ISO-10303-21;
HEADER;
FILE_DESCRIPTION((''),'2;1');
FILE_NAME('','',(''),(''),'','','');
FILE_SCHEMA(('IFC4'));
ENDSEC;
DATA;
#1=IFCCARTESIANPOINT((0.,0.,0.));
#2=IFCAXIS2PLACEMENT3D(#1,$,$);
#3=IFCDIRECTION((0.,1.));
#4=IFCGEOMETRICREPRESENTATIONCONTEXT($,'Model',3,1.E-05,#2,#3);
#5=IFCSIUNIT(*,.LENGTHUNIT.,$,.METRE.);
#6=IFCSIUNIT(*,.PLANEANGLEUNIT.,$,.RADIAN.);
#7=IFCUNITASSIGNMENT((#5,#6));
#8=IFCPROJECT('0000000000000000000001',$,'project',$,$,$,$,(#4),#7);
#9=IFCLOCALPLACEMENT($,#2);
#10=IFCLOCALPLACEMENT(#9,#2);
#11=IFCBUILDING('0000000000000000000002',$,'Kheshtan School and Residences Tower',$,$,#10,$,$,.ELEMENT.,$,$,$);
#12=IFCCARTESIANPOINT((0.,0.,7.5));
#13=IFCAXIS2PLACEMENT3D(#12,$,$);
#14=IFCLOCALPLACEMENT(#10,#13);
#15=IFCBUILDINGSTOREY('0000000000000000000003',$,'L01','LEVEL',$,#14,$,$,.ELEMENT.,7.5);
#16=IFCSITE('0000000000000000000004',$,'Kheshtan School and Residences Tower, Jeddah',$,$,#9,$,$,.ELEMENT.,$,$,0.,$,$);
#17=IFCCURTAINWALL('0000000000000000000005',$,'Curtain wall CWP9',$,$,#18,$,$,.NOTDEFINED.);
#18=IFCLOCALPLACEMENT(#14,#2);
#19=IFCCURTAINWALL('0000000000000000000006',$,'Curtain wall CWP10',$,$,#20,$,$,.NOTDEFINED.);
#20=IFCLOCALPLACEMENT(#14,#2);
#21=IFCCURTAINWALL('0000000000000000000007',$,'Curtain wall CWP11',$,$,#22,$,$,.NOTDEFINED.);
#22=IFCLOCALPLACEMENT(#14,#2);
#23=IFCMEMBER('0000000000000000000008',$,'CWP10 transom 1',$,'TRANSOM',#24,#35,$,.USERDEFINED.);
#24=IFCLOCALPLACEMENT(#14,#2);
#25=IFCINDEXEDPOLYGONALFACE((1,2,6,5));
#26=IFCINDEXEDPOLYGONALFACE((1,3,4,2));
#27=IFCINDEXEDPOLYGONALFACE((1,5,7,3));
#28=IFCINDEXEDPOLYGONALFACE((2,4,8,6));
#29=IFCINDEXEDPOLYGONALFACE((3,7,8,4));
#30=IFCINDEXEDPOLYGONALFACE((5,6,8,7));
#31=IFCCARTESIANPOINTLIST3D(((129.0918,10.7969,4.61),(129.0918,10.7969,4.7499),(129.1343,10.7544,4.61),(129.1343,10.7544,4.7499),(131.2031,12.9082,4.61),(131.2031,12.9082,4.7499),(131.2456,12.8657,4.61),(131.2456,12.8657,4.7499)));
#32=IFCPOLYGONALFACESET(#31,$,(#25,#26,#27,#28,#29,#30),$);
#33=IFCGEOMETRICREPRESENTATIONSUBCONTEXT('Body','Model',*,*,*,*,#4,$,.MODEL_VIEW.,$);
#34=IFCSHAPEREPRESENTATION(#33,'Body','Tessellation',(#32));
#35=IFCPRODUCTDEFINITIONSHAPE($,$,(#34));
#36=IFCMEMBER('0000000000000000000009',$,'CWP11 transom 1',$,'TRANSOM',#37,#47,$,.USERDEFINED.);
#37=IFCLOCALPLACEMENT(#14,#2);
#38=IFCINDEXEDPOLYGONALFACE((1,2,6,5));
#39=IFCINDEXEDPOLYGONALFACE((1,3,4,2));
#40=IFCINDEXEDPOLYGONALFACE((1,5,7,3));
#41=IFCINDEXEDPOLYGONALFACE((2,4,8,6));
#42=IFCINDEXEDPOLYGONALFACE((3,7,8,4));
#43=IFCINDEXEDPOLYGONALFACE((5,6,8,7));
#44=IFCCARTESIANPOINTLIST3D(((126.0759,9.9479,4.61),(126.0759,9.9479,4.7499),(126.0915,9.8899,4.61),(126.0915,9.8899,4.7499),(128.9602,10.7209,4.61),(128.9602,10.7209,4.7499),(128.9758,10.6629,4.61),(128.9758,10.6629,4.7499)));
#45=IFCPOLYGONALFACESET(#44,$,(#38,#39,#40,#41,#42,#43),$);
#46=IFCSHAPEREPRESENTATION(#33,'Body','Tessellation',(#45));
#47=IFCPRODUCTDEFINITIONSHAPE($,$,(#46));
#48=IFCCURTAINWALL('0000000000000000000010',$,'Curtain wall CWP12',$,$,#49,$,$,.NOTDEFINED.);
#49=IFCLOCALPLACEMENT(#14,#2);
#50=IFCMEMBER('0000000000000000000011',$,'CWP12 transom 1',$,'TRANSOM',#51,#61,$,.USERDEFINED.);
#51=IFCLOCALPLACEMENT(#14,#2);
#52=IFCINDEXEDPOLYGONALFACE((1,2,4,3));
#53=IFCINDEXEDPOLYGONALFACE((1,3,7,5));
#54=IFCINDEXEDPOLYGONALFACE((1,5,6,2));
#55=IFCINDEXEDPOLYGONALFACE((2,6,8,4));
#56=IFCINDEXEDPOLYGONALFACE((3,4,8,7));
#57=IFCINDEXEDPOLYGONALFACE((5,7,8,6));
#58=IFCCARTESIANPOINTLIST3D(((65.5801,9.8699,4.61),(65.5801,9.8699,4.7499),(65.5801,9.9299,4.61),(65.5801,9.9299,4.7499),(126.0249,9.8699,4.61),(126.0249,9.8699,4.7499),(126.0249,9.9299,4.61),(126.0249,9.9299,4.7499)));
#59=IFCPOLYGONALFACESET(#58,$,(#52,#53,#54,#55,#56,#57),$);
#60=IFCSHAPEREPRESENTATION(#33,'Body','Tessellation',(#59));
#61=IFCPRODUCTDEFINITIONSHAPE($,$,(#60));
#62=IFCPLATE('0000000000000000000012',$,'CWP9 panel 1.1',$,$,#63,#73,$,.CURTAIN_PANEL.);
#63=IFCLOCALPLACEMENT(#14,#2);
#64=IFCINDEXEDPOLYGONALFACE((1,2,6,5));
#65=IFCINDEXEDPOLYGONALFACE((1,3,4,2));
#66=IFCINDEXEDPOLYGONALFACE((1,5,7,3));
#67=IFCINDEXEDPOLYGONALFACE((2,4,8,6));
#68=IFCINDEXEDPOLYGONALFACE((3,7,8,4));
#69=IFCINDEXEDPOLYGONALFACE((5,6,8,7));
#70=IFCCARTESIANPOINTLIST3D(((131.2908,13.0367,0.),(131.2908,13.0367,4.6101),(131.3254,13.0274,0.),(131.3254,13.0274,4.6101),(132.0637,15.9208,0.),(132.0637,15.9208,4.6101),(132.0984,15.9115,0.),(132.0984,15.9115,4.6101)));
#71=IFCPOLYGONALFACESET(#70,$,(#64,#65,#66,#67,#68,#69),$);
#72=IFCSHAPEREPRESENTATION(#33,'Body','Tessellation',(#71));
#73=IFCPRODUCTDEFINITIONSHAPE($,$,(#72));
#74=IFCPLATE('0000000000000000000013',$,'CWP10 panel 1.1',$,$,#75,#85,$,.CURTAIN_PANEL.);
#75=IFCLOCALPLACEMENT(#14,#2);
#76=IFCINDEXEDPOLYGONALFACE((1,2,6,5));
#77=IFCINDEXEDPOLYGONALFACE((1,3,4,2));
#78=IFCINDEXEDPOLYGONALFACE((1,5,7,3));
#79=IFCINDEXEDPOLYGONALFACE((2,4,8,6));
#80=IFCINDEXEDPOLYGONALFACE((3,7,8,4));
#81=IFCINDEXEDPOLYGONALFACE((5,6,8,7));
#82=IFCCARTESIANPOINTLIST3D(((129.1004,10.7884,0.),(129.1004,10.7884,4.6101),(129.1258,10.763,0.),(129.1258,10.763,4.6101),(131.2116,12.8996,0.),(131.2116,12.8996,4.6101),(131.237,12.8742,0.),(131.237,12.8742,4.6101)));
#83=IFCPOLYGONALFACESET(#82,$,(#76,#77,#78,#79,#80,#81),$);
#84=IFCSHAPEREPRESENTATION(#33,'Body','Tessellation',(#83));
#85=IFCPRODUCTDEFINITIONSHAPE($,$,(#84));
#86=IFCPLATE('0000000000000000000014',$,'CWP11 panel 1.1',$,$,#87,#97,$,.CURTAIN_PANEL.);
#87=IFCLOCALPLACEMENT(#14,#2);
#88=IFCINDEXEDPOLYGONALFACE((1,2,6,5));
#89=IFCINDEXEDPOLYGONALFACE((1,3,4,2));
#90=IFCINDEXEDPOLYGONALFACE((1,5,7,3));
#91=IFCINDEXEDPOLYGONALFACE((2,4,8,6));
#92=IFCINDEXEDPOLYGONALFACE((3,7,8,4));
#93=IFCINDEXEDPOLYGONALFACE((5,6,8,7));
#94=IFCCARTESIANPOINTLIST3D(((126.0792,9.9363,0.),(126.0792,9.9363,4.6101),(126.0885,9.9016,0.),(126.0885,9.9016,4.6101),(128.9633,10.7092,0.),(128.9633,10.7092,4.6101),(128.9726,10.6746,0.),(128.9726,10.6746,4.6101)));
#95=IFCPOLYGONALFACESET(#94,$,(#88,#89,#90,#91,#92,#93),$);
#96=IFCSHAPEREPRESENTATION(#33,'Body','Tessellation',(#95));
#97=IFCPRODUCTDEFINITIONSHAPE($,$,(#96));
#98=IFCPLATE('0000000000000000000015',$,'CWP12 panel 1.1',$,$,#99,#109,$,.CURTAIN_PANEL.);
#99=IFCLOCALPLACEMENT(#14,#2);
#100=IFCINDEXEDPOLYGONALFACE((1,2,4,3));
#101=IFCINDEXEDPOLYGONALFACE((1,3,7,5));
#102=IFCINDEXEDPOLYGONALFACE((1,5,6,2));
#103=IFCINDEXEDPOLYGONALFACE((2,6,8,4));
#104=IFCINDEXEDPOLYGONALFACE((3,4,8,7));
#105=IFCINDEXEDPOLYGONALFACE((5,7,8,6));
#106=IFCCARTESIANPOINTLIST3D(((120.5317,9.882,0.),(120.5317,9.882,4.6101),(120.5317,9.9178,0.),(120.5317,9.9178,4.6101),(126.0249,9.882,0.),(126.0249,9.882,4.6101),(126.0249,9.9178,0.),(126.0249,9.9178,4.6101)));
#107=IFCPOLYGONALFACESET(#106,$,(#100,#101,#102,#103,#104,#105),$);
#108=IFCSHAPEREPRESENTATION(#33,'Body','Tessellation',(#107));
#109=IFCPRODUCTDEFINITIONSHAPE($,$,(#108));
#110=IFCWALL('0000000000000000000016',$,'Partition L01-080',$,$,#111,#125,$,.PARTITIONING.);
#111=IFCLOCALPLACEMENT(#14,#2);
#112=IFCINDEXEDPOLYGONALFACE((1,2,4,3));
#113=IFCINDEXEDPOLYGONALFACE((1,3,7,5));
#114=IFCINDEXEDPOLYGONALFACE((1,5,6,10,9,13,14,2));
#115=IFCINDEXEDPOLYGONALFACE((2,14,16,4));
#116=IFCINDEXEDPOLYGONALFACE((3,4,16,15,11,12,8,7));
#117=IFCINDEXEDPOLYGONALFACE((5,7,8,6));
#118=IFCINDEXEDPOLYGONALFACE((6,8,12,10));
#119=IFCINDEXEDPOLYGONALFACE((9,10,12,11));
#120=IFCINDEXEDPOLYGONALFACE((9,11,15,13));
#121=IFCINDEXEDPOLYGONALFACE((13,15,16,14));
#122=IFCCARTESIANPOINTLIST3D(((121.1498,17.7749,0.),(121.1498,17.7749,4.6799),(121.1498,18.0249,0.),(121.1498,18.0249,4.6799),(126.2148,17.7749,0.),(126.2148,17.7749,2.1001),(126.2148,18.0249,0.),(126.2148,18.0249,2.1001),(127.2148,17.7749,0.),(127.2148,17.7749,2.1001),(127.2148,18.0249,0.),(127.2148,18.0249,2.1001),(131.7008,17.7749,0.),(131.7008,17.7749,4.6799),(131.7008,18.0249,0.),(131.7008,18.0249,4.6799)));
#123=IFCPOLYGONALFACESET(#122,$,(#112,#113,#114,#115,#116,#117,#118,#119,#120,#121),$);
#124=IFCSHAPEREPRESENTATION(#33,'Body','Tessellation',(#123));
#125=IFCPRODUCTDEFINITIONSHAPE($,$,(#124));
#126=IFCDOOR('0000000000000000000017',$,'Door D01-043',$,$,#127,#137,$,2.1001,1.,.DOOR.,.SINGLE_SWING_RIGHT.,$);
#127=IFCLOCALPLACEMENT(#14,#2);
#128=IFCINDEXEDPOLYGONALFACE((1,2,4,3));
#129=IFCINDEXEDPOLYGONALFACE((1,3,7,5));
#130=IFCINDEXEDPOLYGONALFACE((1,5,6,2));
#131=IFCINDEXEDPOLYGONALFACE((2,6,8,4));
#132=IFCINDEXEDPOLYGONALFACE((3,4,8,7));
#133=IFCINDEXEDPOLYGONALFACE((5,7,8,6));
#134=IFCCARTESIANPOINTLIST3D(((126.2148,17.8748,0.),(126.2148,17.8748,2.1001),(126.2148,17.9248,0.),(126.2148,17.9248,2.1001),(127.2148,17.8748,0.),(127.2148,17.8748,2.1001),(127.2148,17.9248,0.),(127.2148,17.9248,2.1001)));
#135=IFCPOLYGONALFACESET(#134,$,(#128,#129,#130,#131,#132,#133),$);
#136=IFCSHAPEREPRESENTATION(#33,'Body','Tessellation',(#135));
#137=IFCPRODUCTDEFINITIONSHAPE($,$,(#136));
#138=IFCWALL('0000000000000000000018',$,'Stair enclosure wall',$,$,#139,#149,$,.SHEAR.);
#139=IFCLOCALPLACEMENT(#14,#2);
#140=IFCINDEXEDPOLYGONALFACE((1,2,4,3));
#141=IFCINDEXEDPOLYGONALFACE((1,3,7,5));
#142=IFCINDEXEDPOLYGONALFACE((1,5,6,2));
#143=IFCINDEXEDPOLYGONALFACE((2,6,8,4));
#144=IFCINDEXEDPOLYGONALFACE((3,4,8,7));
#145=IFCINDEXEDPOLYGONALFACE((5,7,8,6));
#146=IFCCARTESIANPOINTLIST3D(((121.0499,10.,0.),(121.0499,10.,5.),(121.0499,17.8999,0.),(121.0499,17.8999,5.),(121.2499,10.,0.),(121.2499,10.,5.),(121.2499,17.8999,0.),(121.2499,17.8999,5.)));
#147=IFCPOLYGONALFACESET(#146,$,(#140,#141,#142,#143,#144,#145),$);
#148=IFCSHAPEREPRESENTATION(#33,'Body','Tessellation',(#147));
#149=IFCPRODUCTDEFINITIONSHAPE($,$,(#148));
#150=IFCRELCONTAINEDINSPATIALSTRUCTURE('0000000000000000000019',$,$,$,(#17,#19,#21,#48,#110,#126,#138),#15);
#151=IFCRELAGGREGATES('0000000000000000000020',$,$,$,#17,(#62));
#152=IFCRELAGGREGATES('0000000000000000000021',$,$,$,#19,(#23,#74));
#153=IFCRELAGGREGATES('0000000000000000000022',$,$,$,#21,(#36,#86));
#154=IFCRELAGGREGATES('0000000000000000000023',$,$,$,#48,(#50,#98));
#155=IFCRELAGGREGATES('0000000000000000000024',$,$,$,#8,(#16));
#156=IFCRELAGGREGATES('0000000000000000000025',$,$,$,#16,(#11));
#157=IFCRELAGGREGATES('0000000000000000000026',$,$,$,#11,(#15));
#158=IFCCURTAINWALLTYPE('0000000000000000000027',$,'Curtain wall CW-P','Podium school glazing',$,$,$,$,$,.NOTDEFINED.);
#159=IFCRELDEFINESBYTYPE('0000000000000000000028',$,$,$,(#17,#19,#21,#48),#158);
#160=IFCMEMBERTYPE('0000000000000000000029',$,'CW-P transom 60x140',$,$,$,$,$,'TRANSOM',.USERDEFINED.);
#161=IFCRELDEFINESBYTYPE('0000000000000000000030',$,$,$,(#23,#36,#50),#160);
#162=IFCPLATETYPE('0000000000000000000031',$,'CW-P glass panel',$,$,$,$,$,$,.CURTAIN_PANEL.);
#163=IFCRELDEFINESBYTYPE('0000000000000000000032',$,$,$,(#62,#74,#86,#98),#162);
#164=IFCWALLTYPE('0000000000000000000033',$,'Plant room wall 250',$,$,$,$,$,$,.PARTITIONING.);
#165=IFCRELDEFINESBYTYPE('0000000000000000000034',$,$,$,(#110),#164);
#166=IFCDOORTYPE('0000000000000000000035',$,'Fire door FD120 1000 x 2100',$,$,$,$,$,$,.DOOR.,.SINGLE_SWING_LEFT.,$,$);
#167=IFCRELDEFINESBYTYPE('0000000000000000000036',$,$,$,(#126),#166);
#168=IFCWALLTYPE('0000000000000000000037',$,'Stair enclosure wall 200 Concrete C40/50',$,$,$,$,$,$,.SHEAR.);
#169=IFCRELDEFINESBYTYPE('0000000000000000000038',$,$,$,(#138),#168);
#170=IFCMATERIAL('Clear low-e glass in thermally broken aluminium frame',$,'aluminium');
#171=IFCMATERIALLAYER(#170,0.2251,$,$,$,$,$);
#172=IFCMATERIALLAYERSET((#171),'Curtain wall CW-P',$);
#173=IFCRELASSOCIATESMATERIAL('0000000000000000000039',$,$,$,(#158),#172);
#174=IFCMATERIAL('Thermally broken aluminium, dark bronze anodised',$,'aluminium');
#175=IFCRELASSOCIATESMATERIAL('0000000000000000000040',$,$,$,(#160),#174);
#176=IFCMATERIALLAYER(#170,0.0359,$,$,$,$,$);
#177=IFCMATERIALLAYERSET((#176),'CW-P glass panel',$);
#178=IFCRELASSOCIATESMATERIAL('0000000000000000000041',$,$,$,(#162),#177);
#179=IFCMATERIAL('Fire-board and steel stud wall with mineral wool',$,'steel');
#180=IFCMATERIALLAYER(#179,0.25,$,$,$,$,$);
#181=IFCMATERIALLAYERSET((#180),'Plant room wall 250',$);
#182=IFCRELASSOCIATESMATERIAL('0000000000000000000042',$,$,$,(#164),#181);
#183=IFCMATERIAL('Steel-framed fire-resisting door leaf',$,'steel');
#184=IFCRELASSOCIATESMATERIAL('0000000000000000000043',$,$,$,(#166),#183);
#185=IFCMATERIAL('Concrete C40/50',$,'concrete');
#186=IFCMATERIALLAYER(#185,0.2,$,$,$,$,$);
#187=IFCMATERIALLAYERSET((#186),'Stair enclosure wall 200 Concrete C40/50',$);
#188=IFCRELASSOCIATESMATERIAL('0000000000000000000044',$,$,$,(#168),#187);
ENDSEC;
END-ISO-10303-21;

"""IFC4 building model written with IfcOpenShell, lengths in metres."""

from ifc_helpers import new_model, si_unit, direction, frame, frame_2d, origin, origin_2d, place, context, subcontext, project, spatial, rectangle, extrude, source, transform, mapped, material, layer, layer_set, material_profile, profile_set, type_object, element, fill, aggregate, save


model = new_model("IFC4")

# Units and contexts
model_context = context("Model", 3, precision=1e-05, world=origin(), true_north=direction((0.0, 1.0)))
body_context = subcontext(model_context, "Body", "Model", "MODEL_VIEW")
ifc_project = project(units=[si_unit("LENGTHUNIT", "METRE"), si_unit("PLANEANGLEUNIT", "RADIAN")], contexts=[model_context])

# Site, building, storey
site_placement = place(None, origin())
site = spatial("IfcSite", under=ifc_project, at=site_placement, Name="Kheshtan School and Residences Tower, Jeddah", CompositionType="ELEMENT", RefElevation=0.0)
building_placement = place(site_placement, origin())
building = spatial("IfcBuilding", under=site, at=building_placement, Name="Kheshtan School and Residences Tower", CompositionType="ELEMENT")
storey_placement = place(building_placement, frame((0.0, 0.0, 7.5)))
storey = spatial("IfcBuildingStorey", under=building, at=storey_placement, Name="L01", Description="LEVEL", CompositionType="ELEMENT", Elevation=7.5)

# Curtain walls
ifc_material_1 = material(Name="Clear low-e glass in thermally broken aluminium frame", Category="aluminium")
ifc_layer_1 = layer(ifc_material_1, 0.2251)
ifc_layer_set_1 = layer_set([ifc_layer_1], Name="Curtain wall CW-P")
curtain_wall_type = type_object("IfcCurtainWallType", Name="Curtain wall CW-P", Description="Podium school glazing", PredefinedType="NOTDEFINED", material=ifc_layer_set_1)
curtain_wall_1_placement = place(storey_placement, origin())
curtain_wall_1 = element("IfcCurtainWall", 1, at=curtain_wall_1_placement, inside=storey, type_object=curtain_wall_type, Name="Curtain wall CWP9", PredefinedType="NOTDEFINED")
ifc_material_2 = material(Name="Thermally broken aluminium, dark bronze anodised", Category="aluminium")
curtain_wall_2_placement = place(storey_placement, origin())
curtain_wall_2 = element("IfcCurtainWall", 2, at=curtain_wall_2_placement, inside=storey, type_object=curtain_wall_type, Name="Curtain wall CWP10", PredefinedType="NOTDEFINED")
curtain_wall_3_placement = place(storey_placement, origin())
curtain_wall_3 = element("IfcCurtainWall", 3, at=curtain_wall_3_placement, inside=storey, type_object=curtain_wall_type, Name="Curtain wall CWP11", PredefinedType="NOTDEFINED")

# Members
ifc_material_profile_1 = material_profile(ifc_material_2, rectangle(XDim=0.0601, YDim=0.1399, at=origin_2d()), Name="CW-P transom 60x140")
ifc_profile_set_1 = profile_set([ifc_material_profile_1], Name="Thermally broken aluminium, dark bronze anodised")
member_type_1 = type_object("IfcMemberType", Name="CW-P transom 60x140", ElementType="TRANSOM", PredefinedType="USERDEFINED", material=ifc_profile_set_1)
member_1_placement = place(storey_placement, frame((131.2244, 12.887, 4.6799), z_axis=(-0.707107, -0.707107, 0.0), x_axis=(0.707107, -0.707107, 0.0)))
member_1 = element("IfcMember", 4, at=member_1_placement, type_object=member_type_1, Name="CWP10 transom 1", ObjectType="TRANSOM", PredefinedType="USERDEFINED", context=body_context, shape_type="SweptSolid", body=[
    extrude(rectangle(XDim=0.0601, YDim=0.1399, at=origin_2d()), origin(), (0.0, 0.0, 1.0), 2.9858),
])
member_2_placement = place(storey_placement, frame((128.968, 10.6919, 4.6799), z_axis=(-0.965917, -0.258853, 0.0), x_axis=(0.258853, -0.965917, 0.0)))
member_2 = element("IfcMember", 5, at=member_2_placement, type_object=member_type_1, Name="CWP11 transom 1", ObjectType="TRANSOM", PredefinedType="USERDEFINED", context=body_context, shape_type="SweptSolid", body=[
    extrude(rectangle(XDim=0.0601, YDim=0.1399, at=origin_2d()), origin(), (0.0, 0.0, 1.0), 2.9861),
])

# Curtain wall, member
curtain_wall_4_placement = place(storey_placement, origin())
curtain_wall_4 = element("IfcCurtainWall", 6, at=curtain_wall_4_placement, inside=storey, type_object=curtain_wall_type, Name="Curtain wall CWP12", PredefinedType="NOTDEFINED")
member_3_placement = place(storey_placement, frame((126.0249, 9.8999, 4.6799), z_axis=(-1.0, 0.0, 0.0), x_axis=(0.0, -1.0, 0.0)))
member_3 = element("IfcMember", 7, at=member_3_placement, type_object=member_type_1, Name="CWP12 transom 1", ObjectType="TRANSOM", PredefinedType="USERDEFINED", context=body_context, shape_type="SweptSolid", body=[
    extrude(rectangle(XDim=0.0601, YDim=0.1399, at=origin_2d()), origin(), (0.0, 0.0, 1.0), 60.4448),
])

# Plates
ifc_layer_2 = layer(ifc_material_1, 0.0359)
ifc_layer_set_2 = layer_set([ifc_layer_2], Name="CW-P glass panel")
plate_type = type_object("IfcPlateType", Name="CW-P glass panel", PredefinedType="CURTAIN_PANEL", material=ifc_layer_set_2)
plate_1_placement = place(storey_placement, frame((131.6946, 14.4741, 0.0), z_axis=(0.0, 0.0, 1.0), x_axis=(-0.258865, -0.965914, 0.0)))
plate_1 = element("IfcPlate", 8, at=plate_1_placement, type_object=plate_type, Name="CWP9 panel 1.1", PredefinedType="CURTAIN_PANEL", context=body_context, shape_type="SweptSolid", body=[
    extrude(rectangle(XDim=2.9858, YDim=0.0359, at=origin_2d()), origin(), (0.0, 0.0, 1.0), 4.6101),
])
aggregate(curtain_wall_1, [plate_1])
plate_2_placement = place(storey_placement, frame((130.1687, 11.8313, 0.0), z_axis=(0.0, 0.0, 1.0), x_axis=(-0.707107, -0.707107, 0.0)))
plate_2 = element("IfcPlate", 9, at=plate_2_placement, type_object=plate_type, Name="CWP10 panel 1.1", PredefinedType="CURTAIN_PANEL", context=body_context, shape_type="SweptSolid", body=[
    extrude(rectangle(XDim=2.9856, YDim=0.0359, at=origin_2d()), origin(), (0.0, 0.0, 1.0), 4.6101),
])
aggregate(curtain_wall_2, [member_1, plate_2])
plate_3_placement = place(storey_placement, frame((127.5259, 10.3054, 0.0), z_axis=(0.0, 0.0, 1.0), x_axis=(-0.965914, -0.258865, 0.0)))
plate_3 = element("IfcPlate", 10, at=plate_3_placement, type_object=plate_type, Name="CWP11 panel 1.1", PredefinedType="CURTAIN_PANEL", context=body_context, shape_type="SweptSolid", body=[
    extrude(rectangle(XDim=2.9858, YDim=0.0359, at=origin_2d()), origin(), (0.0, 0.0, 1.0), 4.6101),
])
aggregate(curtain_wall_3, [member_2, plate_3])
plate_4_placement = place(storey_placement, frame((123.2783, 9.8999, 0.0), z_axis=(0.0, 0.0, 1.0), x_axis=(-1.0, 0.0, 0.0)))
plate_4 = element("IfcPlate", 11, at=plate_4_placement, type_object=plate_type, Name="CWP12 panel 1.1", PredefinedType="CURTAIN_PANEL", context=body_context, shape_type="SweptSolid", body=[
    extrude(rectangle(XDim=5.4932, YDim=0.0359, at=origin_2d()), origin(), (0.0, 0.0, 1.0), 4.6101),
])
aggregate(curtain_wall_4, [member_3, plate_4])

# Wall, opening, door
ifc_material_3 = material(Name="Fire-board and steel stud wall with mineral wool", Category="steel")
ifc_layer_3 = layer(ifc_material_3, 0.25)
ifc_layer_set_3 = layer_set([ifc_layer_3], Name="Plant room wall 250")
wall_type_1 = type_object("IfcWallType", Name="Plant room wall 250", PredefinedType="PARTITIONING", material=ifc_layer_set_3)
wall_1_placement = place(storey_placement, frame((121.1499, 17.8999, 0.0), z_axis=(0.0, 0.0, 1.0), x_axis=(1.0, 0.0, 0.0)))
wall_1 = element("IfcWall", 12, at=wall_1_placement, inside=storey, type_object=wall_type_1, Name="Partition L01-080", PredefinedType="PARTITIONING", context=body_context, shape_type="SweptSolid", body=[
    extrude(rectangle(XDim=10.551, YDim=0.25, at=frame_2d((5.2754, 0.0))), origin(), (0.0, 0.0, 1.0), 4.6799),
])
opening_placement = place(wall_1_placement, frame((5.0649, 0.0, 0.0)))
opening = element("IfcOpeningElement", 13, at=opening_placement, cuts=wall_1, PredefinedType="OPENING", context=body_context, shape_type="SweptSolid", body=[
    extrude(rectangle(XDim=1.0, YDim=2.1001, at=frame_2d((0.5, 1.05))), frame((0.0, 0.135, 0.0), z_axis=(0.0, -1.0, 0.0), x_axis=(1.0, 0.0, 0.0)), (0.0, 0.0, 1.0), 0.27),
])
ifc_material_4 = material(Name="Steel-framed fire-resisting door leaf", Category="steel")
door_type = type_object("IfcDoorType", Name="Fire door FD120 1000 x 2100", OperationType="SINGLE_SWING_LEFT", PredefinedType="DOOR", material=ifc_material_4)
shared_shape = source(origin(), body_context, "Body", "SweptSolid", [
    extrude(rectangle(XDim=1.0, YDim=2.1001, at=frame_2d((0.5, 1.05))), frame((0.0, 0.0249, 0.0), z_axis=(0.0, -1.0, 0.0), x_axis=(1.0, 0.0, 0.0)), (0.0, 0.0, 1.0), 0.05),
])
door_placement = place(opening_placement, origin())
door = element("IfcDoor", 14, at=door_placement, inside=storey, type_object=door_type, Name="Door D01-043", OperationType="SINGLE_SWING_RIGHT", OverallHeight=2.1001, OverallWidth=1.0, PredefinedType="DOOR", context=body_context, shape_type="MappedRepresentation", body=[
    mapped(shared_shape, transform((0.0, 0.0, 0.0), x_axis=(1.0, 0.0, 0.0), y_axis=(0.0, 1.0, 0.0), z_axis=(0.0, 0.0, 1.0), scale=1.0)),
])
fill(opening, door)

# Wall
ifc_material_5 = material(Name="Concrete C40/50", Category="concrete")
ifc_layer_4 = layer(ifc_material_5, 0.2)
ifc_layer_set_4 = layer_set([ifc_layer_4], Name="Stair enclosure wall 200 Concrete C40/50")
wall_type_2 = type_object("IfcWallType", Name="Stair enclosure wall 200 Concrete C40/50", PredefinedType="SHEAR", material=ifc_layer_set_4)
wall_2_placement = place(storey_placement, frame((121.1499, 10.0, 0.0), z_axis=(0.0, 0.0, 1.0), x_axis=(0.0, 1.0, 0.0)))
element("IfcWall", 15, at=wall_2_placement, inside=storey, type_object=wall_type_2, Name="Stair enclosure wall", PredefinedType="SHEAR", context=body_context, shape_type="SweptSolid", body=[
    extrude(rectangle(XDim=7.8999, YDim=0.2, at=frame_2d((3.95, 0.0))), origin(), (0.0, 0.0, 1.0), 5.0),
])

save(model, "model.ifc")
